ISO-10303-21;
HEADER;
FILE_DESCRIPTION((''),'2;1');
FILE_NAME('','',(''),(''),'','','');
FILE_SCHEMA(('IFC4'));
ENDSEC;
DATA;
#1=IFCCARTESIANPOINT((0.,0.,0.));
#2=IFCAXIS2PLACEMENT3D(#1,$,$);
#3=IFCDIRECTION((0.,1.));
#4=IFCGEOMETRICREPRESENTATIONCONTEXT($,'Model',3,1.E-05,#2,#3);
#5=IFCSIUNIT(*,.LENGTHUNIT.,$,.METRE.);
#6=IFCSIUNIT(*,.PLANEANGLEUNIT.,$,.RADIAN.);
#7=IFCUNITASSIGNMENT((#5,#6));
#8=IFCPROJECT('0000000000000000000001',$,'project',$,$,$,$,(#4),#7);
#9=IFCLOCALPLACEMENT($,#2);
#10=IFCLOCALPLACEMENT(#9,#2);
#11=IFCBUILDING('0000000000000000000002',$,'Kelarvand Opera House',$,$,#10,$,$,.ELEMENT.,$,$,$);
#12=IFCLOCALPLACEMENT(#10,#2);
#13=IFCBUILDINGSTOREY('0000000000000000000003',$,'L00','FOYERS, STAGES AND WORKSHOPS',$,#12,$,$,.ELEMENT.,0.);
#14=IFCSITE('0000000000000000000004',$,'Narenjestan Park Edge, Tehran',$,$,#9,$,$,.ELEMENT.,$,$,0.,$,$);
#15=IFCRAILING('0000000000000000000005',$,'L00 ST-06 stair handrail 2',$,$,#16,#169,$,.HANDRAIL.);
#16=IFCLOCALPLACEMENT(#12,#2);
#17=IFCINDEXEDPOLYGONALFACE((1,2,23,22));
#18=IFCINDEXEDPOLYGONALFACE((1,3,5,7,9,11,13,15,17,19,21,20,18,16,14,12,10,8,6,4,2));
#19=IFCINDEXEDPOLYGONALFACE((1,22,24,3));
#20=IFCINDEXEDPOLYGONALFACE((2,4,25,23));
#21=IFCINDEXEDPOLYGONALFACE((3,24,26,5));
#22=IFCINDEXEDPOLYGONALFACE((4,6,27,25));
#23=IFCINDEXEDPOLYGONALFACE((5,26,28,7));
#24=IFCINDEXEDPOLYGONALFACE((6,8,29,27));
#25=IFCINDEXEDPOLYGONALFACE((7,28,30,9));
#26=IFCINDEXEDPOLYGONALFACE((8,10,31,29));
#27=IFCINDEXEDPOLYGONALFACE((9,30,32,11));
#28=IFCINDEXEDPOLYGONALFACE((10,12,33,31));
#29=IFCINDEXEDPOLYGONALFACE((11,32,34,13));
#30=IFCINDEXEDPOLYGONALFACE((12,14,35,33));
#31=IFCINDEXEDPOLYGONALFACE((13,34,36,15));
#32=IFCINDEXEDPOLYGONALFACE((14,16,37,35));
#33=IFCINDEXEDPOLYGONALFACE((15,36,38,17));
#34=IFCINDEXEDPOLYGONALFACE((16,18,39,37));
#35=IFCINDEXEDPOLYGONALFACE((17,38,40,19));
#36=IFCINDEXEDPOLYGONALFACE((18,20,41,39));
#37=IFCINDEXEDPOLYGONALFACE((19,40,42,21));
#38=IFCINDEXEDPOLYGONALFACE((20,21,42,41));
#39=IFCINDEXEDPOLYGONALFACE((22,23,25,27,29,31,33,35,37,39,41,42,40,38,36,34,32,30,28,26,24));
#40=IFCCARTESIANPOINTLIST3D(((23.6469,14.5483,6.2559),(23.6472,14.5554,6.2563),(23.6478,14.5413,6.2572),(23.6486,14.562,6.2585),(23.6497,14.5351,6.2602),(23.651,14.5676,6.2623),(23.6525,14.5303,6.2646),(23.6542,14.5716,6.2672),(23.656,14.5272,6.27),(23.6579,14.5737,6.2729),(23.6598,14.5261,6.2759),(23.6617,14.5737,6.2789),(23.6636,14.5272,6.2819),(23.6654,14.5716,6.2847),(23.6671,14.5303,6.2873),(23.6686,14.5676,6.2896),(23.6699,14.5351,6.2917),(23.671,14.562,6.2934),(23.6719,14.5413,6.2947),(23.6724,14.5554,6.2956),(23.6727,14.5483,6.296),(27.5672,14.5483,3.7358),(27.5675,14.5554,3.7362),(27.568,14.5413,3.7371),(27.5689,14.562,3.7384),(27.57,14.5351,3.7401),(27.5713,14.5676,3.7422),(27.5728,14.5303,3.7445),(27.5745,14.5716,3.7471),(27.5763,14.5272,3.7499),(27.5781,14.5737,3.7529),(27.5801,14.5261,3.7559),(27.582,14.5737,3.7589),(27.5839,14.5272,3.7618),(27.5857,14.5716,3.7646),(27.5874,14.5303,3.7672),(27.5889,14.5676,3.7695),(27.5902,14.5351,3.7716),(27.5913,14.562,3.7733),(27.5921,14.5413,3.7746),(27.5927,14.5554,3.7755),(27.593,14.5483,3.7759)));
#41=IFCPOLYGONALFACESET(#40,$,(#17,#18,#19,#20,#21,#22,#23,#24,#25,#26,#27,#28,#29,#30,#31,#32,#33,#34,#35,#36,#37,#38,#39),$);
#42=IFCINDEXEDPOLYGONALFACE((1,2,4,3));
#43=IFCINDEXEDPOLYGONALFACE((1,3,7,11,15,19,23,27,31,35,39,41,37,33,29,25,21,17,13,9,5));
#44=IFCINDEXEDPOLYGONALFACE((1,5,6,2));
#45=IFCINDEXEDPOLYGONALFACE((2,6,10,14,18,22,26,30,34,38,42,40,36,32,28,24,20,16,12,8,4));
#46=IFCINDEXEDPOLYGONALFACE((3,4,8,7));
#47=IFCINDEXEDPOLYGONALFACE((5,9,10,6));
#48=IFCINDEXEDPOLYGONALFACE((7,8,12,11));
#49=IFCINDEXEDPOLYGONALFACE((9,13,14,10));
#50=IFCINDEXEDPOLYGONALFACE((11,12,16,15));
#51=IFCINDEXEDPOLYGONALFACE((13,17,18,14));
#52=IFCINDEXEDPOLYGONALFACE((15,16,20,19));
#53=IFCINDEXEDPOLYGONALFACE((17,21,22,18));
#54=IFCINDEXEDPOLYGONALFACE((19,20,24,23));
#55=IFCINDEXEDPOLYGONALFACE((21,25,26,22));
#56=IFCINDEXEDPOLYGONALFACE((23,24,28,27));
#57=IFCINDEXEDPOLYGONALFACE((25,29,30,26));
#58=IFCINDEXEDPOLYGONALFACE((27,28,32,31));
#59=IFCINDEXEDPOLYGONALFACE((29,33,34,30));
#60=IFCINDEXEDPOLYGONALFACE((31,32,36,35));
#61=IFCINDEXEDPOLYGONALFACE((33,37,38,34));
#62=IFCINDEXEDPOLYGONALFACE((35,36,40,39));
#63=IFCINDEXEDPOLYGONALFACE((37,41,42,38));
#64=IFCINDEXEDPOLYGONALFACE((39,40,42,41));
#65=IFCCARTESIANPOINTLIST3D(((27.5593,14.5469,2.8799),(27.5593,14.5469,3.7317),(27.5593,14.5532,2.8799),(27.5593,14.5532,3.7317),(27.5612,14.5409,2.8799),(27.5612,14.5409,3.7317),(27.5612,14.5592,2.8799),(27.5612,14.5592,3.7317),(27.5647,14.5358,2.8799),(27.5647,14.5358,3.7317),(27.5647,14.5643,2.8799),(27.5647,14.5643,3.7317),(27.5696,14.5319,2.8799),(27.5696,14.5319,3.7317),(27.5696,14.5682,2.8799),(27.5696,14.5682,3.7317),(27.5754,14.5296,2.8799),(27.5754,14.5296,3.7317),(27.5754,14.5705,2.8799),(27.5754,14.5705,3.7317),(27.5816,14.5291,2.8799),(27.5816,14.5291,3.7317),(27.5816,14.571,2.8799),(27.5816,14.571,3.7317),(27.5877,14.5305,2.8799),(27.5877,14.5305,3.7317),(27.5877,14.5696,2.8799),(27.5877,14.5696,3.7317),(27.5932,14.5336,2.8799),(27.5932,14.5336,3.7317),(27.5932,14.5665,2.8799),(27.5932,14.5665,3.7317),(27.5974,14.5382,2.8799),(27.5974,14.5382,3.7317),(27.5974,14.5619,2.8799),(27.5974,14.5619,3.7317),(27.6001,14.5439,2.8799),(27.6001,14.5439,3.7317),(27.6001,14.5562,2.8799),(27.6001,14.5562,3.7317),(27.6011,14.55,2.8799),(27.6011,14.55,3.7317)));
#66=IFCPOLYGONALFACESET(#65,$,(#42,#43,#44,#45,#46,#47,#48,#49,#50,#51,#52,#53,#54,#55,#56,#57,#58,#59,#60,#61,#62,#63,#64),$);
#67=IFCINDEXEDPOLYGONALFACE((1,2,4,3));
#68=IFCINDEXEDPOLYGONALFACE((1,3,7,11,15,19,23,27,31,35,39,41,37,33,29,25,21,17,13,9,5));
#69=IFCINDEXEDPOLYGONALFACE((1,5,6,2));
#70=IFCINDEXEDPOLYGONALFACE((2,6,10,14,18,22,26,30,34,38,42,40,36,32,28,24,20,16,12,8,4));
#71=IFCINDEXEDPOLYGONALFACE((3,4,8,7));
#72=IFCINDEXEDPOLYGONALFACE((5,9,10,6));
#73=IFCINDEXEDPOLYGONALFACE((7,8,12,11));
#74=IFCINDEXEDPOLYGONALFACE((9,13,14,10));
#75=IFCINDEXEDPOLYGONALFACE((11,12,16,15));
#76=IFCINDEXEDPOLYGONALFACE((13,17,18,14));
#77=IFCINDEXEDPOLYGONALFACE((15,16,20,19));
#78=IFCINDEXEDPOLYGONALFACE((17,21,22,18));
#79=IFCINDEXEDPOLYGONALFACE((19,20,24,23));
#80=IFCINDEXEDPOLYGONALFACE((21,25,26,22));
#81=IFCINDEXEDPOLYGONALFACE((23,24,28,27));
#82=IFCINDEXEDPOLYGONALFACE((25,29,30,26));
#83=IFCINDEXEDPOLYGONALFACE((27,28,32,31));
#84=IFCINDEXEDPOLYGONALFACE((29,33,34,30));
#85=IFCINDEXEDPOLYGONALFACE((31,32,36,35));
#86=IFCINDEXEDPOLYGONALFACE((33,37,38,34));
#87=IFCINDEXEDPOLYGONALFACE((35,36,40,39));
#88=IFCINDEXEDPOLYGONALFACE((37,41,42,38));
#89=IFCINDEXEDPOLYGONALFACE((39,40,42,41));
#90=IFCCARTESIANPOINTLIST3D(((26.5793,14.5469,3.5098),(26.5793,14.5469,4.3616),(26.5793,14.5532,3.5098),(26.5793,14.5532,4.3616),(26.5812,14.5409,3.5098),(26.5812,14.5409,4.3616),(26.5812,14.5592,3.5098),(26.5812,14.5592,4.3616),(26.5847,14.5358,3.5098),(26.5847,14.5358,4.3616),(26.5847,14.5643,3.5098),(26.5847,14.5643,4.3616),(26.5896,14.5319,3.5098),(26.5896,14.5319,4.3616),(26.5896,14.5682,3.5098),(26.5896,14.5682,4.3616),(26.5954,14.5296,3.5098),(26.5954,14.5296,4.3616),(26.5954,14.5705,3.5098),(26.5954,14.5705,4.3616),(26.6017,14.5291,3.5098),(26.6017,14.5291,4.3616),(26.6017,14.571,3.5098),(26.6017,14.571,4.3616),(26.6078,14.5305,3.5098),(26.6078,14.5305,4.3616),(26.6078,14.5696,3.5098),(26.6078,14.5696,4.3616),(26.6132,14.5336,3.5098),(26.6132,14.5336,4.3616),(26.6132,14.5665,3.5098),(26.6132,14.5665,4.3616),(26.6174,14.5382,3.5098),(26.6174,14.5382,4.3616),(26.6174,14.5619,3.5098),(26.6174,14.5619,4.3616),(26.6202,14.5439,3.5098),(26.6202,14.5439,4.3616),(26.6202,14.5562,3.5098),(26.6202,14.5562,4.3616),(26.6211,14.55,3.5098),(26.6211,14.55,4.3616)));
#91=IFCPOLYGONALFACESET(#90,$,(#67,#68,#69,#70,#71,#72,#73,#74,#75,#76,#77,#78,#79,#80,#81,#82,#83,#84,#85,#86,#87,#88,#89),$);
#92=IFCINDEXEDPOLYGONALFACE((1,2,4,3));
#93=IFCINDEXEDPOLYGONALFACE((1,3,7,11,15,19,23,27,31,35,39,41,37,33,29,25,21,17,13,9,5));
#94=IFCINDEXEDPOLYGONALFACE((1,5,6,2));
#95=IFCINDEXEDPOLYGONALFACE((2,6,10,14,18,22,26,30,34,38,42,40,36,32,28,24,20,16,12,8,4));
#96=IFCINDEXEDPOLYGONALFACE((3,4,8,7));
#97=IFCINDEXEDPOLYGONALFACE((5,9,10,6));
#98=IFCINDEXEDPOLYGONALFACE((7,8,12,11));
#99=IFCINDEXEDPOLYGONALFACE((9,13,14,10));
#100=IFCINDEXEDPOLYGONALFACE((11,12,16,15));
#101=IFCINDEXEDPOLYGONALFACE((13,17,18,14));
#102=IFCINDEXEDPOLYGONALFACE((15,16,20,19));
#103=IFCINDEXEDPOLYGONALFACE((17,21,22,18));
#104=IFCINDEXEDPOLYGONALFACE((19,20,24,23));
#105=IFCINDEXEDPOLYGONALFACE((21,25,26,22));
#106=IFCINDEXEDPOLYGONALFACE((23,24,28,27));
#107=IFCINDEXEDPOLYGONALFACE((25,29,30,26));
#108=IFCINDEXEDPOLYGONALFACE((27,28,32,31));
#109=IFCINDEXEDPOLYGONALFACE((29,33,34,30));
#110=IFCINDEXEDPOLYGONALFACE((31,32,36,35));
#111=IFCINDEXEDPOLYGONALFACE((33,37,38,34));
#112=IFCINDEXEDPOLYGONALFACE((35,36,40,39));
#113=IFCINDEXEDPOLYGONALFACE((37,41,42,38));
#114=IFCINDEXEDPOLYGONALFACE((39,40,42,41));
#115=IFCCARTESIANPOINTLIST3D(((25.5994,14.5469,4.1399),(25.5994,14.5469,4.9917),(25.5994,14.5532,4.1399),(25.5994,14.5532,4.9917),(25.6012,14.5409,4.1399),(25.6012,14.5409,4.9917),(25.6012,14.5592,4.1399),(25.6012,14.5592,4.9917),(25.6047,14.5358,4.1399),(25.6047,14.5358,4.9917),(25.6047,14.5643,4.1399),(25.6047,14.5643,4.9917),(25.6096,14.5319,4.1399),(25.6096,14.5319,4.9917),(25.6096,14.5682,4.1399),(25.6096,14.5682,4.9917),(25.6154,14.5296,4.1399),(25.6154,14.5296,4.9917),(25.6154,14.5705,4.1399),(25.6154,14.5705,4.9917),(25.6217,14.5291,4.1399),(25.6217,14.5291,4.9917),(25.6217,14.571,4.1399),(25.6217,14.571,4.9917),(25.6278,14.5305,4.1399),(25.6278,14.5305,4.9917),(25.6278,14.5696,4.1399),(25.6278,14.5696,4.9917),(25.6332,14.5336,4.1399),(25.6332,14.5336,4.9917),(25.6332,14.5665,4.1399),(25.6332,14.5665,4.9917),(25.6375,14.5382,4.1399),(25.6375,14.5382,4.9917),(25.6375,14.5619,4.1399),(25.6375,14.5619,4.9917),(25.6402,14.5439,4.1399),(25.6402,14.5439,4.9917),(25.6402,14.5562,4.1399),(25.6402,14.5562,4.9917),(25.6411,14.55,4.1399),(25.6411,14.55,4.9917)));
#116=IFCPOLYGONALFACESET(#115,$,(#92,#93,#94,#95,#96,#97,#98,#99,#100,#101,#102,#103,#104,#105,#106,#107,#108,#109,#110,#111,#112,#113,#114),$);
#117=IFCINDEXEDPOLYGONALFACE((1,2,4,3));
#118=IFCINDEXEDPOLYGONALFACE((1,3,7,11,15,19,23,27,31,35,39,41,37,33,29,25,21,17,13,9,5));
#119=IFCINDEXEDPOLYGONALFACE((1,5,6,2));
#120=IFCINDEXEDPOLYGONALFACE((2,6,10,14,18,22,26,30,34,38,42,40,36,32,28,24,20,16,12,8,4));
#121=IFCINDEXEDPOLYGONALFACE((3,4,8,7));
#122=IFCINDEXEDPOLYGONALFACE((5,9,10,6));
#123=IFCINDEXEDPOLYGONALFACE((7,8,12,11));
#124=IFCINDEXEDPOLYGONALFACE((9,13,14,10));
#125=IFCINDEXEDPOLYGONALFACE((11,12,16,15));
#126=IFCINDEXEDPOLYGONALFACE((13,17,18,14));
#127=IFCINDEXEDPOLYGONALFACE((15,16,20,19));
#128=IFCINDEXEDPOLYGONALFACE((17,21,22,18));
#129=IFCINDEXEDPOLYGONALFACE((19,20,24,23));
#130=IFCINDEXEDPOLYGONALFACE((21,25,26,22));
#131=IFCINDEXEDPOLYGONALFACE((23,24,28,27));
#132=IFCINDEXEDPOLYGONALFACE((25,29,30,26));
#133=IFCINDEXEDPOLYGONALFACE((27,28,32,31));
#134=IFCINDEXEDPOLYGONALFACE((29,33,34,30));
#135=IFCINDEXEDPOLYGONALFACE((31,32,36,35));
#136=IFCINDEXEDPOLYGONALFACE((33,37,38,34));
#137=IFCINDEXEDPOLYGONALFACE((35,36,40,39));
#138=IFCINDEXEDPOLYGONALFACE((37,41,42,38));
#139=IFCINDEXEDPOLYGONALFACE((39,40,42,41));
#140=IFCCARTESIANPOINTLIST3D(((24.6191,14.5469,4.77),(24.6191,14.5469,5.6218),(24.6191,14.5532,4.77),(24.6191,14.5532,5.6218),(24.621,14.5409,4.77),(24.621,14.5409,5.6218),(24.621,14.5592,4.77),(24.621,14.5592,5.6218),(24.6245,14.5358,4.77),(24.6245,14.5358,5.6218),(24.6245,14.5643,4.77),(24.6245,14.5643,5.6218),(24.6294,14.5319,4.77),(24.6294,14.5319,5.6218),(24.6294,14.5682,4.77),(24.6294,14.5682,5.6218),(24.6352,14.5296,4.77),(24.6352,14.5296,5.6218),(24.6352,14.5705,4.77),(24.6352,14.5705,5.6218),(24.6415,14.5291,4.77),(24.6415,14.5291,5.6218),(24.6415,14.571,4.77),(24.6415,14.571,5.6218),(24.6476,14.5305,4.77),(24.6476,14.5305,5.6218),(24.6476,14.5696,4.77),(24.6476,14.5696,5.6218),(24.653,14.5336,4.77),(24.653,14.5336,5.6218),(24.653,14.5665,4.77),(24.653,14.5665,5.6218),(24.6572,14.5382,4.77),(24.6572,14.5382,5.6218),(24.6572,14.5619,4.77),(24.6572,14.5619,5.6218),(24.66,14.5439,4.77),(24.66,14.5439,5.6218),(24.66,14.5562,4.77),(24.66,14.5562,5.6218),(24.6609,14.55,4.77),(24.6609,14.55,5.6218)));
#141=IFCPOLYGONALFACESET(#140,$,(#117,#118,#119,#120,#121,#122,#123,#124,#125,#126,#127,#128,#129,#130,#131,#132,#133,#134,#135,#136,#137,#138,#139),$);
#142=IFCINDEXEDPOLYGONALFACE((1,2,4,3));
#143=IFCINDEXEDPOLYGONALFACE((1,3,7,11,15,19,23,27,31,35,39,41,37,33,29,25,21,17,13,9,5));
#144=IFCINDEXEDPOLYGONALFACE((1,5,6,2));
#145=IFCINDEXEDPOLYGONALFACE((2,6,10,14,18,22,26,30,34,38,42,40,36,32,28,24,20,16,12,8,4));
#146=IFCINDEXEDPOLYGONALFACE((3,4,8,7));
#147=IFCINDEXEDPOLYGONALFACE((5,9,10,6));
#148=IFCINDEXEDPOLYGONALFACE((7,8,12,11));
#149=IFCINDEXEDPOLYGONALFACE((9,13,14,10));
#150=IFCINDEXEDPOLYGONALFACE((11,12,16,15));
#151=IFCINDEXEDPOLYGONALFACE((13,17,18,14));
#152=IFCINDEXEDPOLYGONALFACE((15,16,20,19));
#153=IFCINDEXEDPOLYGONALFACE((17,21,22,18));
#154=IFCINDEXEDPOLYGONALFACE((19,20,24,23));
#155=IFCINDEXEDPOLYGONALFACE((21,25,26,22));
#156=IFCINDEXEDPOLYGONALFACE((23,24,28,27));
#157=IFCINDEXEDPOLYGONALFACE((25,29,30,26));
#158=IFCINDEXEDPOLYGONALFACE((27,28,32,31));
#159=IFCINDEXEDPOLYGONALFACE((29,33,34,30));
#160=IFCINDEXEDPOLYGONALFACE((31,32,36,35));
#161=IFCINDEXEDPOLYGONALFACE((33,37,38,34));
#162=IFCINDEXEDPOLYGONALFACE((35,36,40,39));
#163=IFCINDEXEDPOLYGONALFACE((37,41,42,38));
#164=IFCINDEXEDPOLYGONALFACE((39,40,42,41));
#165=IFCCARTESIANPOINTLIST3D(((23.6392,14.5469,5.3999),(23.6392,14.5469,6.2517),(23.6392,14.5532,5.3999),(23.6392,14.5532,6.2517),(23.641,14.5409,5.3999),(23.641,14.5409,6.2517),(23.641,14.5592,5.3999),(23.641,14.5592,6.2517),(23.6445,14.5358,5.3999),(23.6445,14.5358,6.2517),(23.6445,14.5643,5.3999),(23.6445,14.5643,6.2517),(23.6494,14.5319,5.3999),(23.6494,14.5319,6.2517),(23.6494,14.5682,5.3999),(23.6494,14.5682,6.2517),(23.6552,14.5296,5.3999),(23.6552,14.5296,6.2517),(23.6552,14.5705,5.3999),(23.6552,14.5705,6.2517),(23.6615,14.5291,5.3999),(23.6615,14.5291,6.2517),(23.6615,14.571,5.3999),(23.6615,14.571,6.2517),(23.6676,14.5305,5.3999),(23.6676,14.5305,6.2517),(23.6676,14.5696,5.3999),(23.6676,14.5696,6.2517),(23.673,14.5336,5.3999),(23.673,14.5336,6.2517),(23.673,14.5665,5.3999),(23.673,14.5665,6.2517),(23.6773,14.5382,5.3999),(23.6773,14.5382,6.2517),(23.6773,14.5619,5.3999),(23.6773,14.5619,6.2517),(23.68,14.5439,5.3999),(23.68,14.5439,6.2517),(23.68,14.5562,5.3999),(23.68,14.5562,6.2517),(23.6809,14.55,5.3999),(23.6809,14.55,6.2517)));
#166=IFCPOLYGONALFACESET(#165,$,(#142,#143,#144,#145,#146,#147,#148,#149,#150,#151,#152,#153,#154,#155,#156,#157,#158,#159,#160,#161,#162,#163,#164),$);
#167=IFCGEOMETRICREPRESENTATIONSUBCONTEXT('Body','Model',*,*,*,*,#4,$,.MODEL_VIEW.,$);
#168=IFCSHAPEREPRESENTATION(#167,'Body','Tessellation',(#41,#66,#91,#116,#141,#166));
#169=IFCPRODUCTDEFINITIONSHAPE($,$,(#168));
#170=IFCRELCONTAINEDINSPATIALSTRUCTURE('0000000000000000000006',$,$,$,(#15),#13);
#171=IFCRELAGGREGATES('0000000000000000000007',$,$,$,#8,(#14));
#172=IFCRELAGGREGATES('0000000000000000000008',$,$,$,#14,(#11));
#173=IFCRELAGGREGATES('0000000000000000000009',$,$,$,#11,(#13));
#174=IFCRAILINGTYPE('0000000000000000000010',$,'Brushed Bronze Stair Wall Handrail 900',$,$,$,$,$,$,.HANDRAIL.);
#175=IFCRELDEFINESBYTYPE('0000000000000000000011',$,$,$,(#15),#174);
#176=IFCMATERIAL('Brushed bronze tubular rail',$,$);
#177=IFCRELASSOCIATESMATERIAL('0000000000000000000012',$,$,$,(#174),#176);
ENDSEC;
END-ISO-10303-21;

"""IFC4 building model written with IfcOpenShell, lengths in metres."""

from ifc_helpers import new_model, si_unit, direction, frame, origin, origin_2d, place, context, subcontext, project, spatial, circle, extrude, material, type_object, element, save


model = new_model("IFC4")

# Units and contexts
model_context = context("Model", 3, precision=1e-05, world=origin(), true_north=direction((0.0, 1.0)))
body_context = subcontext(model_context, "Body", "Model", "MODEL_VIEW")
ifc_project = project(units=[si_unit("LENGTHUNIT", "METRE"), si_unit("PLANEANGLEUNIT", "RADIAN")], contexts=[model_context])

# Site, building, storey
site_placement = place(None, origin())
site = spatial("IfcSite", under=ifc_project, at=site_placement, Name="Narenjestan Park Edge, Tehran", CompositionType="ELEMENT", RefElevation=0.0)
building_placement = place(site_placement, origin())
building = spatial("IfcBuilding", under=site, at=building_placement, Name="Kelarvand Opera House", CompositionType="ELEMENT")
storey_placement = place(building_placement, origin())
storey = spatial("IfcBuildingStorey", under=building, at=storey_placement, Name="L00", Description="FOYERS, STAGES AND WORKSHOPS", CompositionType="ELEMENT", Elevation=0.0)

# Railing
ifc_material_1 = material(Name="Brushed bronze tubular rail")
railing_type_1 = type_object("IfcRailingType", Name="Brushed Bronze Stair Wall Handrail 900", PredefinedType="HANDRAIL", material=ifc_material_1)
railing_1_placement = place(storey_placement, frame((27.5801, 14.55, 2.8799)))
element("IfcRailing", 1, at=railing_1_placement, inside=storey, type_object=railing_type_1, Name="L00 ST-06 stair handrail 2", PredefinedType="HANDRAIL", context=body_context, shape_type="SweptSolid", body=[
    extrude(circle(Radius=0.0239, at=origin_2d()), frame((0.0, 0.0, 0.876), z_axis=(-0.841187, 0.0, 0.540744), x_axis=(0.0, -1.0, 0.0)), (0.0, 0.0, 1.0), 4.6604),
    extrude(circle(Radius=0.021, at=origin_2d()), origin(), (0.0, 0.0, 1.0), 0.8518),
    extrude(circle(Radius=0.021, at=origin_2d()), frame((-0.98, 0.0, 0.6299)), (0.0, 0.0, 1.0), 0.8518),
    extrude(circle(Radius=0.021, at=origin_2d()), frame((-1.96, 0.0, 1.26)), (0.0, 0.0, 1.0), 0.8518),
    extrude(circle(Radius=0.021, at=origin_2d()), frame((-2.9402, 0.0, 1.8901)), (0.0, 0.0, 1.0), 0.8518),
    extrude(circle(Radius=0.021, at=origin_2d()), frame((-3.9202, 0.0, 2.52)), (0.0, 0.0, 1.0), 0.8518),
])

save(model, "model.ifc")
